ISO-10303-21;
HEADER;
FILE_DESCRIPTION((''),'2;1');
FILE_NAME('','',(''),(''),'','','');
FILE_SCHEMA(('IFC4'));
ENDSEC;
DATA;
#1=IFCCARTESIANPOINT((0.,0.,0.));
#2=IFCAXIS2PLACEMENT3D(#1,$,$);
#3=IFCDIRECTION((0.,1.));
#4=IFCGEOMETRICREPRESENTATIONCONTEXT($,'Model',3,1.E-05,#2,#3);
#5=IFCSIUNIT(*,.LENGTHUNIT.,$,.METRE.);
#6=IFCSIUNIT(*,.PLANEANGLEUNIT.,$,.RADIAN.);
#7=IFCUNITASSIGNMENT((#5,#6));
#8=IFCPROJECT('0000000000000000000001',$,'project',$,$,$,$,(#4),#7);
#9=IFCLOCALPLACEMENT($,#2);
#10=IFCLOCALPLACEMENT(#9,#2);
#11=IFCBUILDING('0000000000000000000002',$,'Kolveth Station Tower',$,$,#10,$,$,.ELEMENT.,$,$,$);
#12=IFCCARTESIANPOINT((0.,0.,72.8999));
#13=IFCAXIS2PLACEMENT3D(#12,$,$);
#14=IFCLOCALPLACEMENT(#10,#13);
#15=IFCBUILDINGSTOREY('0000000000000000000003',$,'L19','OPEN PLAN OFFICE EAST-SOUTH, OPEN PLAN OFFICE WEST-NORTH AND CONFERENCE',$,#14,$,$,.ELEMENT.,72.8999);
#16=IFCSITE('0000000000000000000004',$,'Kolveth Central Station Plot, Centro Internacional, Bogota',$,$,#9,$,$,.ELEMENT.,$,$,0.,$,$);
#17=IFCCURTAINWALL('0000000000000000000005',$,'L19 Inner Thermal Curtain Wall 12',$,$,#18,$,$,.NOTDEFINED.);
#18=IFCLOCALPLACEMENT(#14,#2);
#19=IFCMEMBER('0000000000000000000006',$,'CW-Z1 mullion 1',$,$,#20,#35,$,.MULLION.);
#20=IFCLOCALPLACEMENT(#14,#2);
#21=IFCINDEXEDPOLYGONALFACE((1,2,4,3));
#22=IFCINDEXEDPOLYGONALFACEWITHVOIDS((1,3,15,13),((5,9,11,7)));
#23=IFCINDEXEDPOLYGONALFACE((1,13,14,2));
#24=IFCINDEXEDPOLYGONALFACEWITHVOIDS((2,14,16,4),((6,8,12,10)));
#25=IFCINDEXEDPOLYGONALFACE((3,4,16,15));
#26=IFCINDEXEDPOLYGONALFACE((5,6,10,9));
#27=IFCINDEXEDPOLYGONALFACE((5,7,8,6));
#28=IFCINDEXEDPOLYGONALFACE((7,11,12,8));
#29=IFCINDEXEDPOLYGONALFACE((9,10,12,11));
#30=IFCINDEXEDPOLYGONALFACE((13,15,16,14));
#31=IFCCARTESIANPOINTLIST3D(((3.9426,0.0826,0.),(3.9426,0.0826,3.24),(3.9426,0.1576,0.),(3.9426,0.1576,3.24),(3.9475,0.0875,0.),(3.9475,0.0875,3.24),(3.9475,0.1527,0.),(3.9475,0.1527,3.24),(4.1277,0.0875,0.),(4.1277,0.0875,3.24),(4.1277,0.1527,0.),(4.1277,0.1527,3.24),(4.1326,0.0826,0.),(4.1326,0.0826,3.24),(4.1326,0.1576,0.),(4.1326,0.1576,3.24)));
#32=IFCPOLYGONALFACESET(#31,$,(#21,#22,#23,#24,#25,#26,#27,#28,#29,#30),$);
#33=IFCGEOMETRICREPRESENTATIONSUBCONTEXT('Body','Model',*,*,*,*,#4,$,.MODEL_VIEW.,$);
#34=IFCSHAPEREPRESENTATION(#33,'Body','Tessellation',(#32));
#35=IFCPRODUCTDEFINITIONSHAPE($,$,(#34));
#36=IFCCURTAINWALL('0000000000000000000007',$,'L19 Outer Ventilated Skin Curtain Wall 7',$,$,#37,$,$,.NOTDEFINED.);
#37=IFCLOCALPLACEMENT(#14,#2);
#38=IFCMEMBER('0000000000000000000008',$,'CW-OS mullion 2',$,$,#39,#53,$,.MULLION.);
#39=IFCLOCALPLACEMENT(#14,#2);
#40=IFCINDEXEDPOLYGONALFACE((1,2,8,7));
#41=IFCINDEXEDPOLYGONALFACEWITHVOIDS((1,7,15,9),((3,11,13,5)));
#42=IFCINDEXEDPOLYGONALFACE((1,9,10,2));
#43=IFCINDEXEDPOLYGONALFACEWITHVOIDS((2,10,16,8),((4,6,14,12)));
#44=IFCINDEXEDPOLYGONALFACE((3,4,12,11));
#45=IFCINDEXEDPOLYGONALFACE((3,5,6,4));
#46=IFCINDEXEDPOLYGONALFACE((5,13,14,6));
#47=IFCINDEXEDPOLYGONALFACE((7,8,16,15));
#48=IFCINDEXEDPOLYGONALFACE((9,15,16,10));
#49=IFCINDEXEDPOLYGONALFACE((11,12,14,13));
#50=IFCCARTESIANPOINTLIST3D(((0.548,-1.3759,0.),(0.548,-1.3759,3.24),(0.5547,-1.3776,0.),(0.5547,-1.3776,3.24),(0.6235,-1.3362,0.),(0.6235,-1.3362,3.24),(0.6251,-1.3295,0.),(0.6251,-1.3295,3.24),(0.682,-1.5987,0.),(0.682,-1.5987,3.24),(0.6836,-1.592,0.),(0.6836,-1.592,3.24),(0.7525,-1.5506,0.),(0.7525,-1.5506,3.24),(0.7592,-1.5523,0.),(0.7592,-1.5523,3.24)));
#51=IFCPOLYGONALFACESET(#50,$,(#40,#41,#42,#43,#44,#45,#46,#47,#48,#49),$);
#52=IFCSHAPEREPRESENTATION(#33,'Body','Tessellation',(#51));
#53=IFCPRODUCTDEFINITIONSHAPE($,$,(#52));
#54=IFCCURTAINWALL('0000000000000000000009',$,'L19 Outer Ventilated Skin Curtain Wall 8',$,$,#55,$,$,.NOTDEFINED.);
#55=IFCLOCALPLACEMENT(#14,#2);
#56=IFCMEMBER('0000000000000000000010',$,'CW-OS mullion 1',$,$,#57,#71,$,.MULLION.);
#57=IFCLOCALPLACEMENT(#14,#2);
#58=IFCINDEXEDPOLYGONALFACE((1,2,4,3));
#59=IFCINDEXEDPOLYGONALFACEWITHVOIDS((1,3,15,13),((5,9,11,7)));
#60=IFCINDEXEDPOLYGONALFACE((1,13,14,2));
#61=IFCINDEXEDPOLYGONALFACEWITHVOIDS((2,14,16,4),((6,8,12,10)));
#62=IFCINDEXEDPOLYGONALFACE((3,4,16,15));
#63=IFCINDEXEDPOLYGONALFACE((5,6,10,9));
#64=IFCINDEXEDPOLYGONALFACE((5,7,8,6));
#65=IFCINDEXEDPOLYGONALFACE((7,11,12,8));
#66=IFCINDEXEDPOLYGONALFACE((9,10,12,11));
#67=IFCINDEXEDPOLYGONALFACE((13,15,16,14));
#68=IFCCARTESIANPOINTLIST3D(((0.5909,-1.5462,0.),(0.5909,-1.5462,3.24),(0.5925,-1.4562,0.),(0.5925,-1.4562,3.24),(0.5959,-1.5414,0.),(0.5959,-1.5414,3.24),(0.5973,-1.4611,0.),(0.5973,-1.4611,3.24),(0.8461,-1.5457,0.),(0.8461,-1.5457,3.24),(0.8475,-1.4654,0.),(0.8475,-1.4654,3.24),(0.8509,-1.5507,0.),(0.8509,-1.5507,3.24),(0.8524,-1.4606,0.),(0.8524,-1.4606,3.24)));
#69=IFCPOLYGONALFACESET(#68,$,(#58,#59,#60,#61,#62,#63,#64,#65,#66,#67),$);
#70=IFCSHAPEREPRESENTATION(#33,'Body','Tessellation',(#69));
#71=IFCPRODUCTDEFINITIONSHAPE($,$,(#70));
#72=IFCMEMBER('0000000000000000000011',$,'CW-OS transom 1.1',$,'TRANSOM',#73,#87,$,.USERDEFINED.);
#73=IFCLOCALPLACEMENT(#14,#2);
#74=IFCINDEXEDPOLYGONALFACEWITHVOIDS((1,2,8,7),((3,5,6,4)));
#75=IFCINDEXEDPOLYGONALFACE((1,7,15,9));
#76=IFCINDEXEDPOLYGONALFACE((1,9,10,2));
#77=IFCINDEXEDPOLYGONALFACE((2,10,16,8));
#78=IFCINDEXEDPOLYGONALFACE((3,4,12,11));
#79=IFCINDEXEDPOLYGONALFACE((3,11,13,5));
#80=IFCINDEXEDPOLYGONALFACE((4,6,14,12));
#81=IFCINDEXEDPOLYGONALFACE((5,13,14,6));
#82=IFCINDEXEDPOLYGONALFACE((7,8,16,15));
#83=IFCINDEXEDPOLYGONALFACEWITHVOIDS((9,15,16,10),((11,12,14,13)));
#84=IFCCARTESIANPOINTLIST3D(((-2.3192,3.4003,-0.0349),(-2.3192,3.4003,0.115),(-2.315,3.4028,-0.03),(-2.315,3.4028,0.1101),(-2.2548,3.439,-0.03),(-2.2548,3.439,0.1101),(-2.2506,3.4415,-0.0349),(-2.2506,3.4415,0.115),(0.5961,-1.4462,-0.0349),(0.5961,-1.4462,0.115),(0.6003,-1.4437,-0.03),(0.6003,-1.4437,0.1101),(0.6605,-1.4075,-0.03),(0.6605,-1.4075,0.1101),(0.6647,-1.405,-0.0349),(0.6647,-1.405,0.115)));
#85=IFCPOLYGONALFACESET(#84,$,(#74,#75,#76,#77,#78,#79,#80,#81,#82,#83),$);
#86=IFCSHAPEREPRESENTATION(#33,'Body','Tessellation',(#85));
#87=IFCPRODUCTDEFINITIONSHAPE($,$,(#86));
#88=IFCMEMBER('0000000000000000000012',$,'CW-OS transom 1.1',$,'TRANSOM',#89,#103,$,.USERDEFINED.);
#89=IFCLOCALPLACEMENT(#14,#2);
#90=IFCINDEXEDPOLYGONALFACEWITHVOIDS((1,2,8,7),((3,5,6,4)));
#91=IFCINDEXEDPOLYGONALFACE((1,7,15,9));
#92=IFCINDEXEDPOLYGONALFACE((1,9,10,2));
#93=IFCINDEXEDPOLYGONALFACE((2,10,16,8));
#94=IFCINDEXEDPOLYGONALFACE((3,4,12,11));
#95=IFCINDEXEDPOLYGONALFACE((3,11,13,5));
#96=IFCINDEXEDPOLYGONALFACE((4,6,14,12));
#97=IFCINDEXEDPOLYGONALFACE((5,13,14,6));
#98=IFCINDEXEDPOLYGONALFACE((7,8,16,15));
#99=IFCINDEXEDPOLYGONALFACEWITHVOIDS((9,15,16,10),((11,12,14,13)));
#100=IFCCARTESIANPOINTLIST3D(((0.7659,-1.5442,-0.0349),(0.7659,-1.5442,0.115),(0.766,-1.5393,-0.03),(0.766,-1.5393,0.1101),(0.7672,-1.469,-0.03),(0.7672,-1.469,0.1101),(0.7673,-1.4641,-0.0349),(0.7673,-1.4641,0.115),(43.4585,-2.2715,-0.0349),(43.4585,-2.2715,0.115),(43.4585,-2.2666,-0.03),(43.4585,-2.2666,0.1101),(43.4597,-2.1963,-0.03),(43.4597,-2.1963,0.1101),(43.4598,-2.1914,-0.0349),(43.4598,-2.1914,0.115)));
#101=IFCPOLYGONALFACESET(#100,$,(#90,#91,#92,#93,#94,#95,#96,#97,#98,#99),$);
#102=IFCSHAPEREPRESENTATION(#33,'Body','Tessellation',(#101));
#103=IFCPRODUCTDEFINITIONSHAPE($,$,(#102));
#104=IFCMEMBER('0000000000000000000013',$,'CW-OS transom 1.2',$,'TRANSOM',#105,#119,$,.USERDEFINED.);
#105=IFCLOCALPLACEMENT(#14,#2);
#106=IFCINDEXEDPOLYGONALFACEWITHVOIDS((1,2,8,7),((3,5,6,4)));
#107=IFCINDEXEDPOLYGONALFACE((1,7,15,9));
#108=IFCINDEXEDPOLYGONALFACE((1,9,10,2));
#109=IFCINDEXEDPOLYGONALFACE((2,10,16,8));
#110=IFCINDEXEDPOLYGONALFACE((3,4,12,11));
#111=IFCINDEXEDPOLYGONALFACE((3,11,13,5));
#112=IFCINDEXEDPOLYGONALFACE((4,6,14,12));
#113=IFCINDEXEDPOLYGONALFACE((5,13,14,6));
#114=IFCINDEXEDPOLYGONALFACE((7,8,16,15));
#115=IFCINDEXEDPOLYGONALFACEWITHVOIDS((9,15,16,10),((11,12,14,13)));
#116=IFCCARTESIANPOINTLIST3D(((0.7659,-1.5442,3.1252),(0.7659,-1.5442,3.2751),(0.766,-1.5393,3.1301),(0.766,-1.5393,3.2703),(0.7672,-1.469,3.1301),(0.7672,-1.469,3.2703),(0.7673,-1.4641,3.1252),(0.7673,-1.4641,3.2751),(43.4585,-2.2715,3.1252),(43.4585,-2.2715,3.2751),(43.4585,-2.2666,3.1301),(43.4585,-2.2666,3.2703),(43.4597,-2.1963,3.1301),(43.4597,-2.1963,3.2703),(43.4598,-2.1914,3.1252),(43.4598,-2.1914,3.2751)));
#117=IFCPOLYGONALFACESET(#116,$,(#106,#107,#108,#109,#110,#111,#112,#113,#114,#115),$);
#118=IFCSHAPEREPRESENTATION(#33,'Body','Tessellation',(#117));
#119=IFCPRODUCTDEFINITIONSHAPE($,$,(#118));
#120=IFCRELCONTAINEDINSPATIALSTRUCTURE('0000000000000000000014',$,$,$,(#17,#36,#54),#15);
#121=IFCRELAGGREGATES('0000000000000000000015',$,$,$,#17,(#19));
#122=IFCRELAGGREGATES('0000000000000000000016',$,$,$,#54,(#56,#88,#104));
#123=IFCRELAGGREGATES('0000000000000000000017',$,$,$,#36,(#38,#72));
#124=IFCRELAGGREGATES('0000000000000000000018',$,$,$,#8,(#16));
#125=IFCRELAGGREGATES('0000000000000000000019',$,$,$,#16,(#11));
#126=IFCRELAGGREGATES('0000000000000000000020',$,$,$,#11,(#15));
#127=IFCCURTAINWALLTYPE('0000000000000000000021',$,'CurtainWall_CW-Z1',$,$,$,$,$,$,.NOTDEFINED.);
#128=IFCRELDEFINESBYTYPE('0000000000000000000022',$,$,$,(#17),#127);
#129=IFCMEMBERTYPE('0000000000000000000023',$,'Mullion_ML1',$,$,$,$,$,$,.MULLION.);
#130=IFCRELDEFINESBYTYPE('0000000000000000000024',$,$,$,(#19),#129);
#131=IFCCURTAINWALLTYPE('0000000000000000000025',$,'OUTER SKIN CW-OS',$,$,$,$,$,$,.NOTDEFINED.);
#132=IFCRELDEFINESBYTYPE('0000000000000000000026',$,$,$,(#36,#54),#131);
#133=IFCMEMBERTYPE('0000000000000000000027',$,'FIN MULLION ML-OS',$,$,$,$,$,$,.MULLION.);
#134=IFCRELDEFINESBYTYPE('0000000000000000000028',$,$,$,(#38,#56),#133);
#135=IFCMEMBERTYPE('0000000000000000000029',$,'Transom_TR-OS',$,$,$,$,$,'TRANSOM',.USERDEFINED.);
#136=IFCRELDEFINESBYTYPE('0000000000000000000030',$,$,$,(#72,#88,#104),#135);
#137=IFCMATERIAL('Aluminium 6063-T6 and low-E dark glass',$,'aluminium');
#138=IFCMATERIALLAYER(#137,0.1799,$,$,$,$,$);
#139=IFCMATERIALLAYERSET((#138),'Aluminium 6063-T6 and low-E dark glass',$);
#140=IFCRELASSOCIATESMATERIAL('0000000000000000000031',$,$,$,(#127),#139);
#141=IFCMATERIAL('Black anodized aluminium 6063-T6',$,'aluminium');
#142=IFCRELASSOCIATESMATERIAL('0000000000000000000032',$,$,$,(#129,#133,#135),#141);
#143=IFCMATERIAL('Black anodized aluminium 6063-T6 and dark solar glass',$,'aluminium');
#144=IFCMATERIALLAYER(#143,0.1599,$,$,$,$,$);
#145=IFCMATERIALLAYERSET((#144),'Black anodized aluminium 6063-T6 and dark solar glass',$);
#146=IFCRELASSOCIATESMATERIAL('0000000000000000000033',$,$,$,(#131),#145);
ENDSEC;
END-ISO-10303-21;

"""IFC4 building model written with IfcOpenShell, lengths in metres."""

from ifc_helpers import new_model, si_unit, direction, frame, origin, origin_2d, place, context, subcontext, project, spatial, hollow_rectangle, extrude, source, transform, mapped, material, layer, layer_set, material_profile, profile_set, type_object, element, aggregate, save


model = new_model("IFC4")

# Units and contexts
model_context = context("Model", 3, precision=1e-05, world=origin(), true_north=direction((0.0, 1.0)))
body_context = subcontext(model_context, "Body", "Model", "MODEL_VIEW")
ifc_project = project(units=[si_unit("LENGTHUNIT", "METRE"), si_unit("PLANEANGLEUNIT", "RADIAN")], contexts=[model_context])

# Site, building, storey
site_placement = place(None, origin())
site = spatial("IfcSite", under=ifc_project, at=site_placement, Name="Kolveth Central Station Plot, Centro Internacional, Bogota", CompositionType="ELEMENT", RefElevation=0.0)
building_placement = place(site_placement, origin())
building = spatial("IfcBuilding", under=site, at=building_placement, Name="Kolveth Station Tower", CompositionType="ELEMENT")
storey_placement = place(building_placement, frame((0.0, 0.0, 72.8999)))
storey = spatial("IfcBuildingStorey", under=building, at=storey_placement, Name="L19", Description="OPEN PLAN OFFICE EAST-SOUTH, OPEN PLAN OFFICE WEST-NORTH AND CONFERENCE", CompositionType="ELEMENT", Elevation=72.8999)

# Curtain wall
ifc_material_1 = material(Name="Aluminium 6063-T6 and low-E dark glass", Category="aluminium")
ifc_layer_1 = layer(ifc_material_1, 0.1799)
ifc_layer_set_1 = layer_set([ifc_layer_1], Name="Aluminium 6063-T6 and low-E dark glass")
curtain_wall_type_1 = type_object("IfcCurtainWallType", Name="CurtainWall_CW-Z1", PredefinedType="NOTDEFINED", material=ifc_layer_set_1)
ifc_material_2 = material(Name="Black anodized aluminium 6063-T6", Category="aluminium")
curtain_wall_1_placement = place(storey_placement, origin())
curtain_wall_1 = element("IfcCurtainWall", 1, at=curtain_wall_1_placement, inside=storey, type_object=curtain_wall_type_1, Name="L19 Inner Thermal Curtain Wall 12", PredefinedType="NOTDEFINED")

# Shared definitions
ifc_material_profile_1 = material_profile(ifc_material_2, hollow_rectangle(XDim=0.075, YDim=0.1899, WallThickness=0.0049, at=origin_2d()), Name="ALU-75x190x5")
ifc_profile_set_1 = profile_set([ifc_material_profile_1], Name="Black anodized aluminium 6063-T6")
member_type_1 = type_object("IfcMemberType", Name="Mullion_ML1", PredefinedType="MULLION", material=ifc_profile_set_1)
shared_shape_1 = source(origin(), body_context, "Body", "SweptSolid", [
    extrude(hollow_rectangle(XDim=0.075, YDim=0.1899, WallThickness=0.0049, at=origin_2d()), origin(), (0.0, 0.0, 1.0), 3.24),
])

# Member
member_1_placement = place(storey_placement, frame((4.0376, 0.1201, 0.0), z_axis=(0.0, 0.0, 1.0), x_axis=(0.0, 1.0, 0.0)))
member_1 = element("IfcMember", 2, at=member_1_placement, type_object=member_type_1, Name="CW-Z1 mullion 1", PredefinedType="MULLION", context=body_context, shape_type="MappedRepresentation", body=[
    mapped(shared_shape_1, transform((0.0, 0.0, 0.0), x_axis=(1.0, 0.0, 0.0), y_axis=(0.0, 1.0, 0.0), z_axis=(0.0, 0.0, 1.0), scale=1.0)),
])
aggregate(curtain_wall_1, [member_1])

# Curtain walls, members
ifc_material_3 = material(Name="Black anodized aluminium 6063-T6 and dark solar glass", Category="aluminium")
ifc_layer_2 = layer(ifc_material_3, 0.1599)
ifc_layer_set_2 = layer_set([ifc_layer_2], Name="Black anodized aluminium 6063-T6 and dark solar glass")
curtain_wall_type_2 = type_object("IfcCurtainWallType", Name="OUTER SKIN CW-OS", PredefinedType="NOTDEFINED", material=ifc_layer_set_2)
curtain_wall_2_placement = place(storey_placement, origin())
curtain_wall_2 = element("IfcCurtainWall", 3, at=curtain_wall_2_placement, inside=storey, type_object=curtain_wall_type_2, Name="L19 Outer Ventilated Skin Curtain Wall 7", PredefinedType="NOTDEFINED")
ifc_material_profile_2 = material_profile(ifc_material_2, hollow_rectangle(XDim=0.0901, YDim=0.26, WallThickness=0.0049, at=origin_2d()), Name="ALU-90x260x5")
ifc_profile_set_2 = profile_set([ifc_material_profile_2], Name="Black anodized aluminium 6063-T6")
member_type_2 = type_object("IfcMemberType", Name="FIN MULLION ML-OS", PredefinedType="MULLION", material=ifc_profile_set_2)
shared_shape_2 = source(origin(), body_context, "Body", "SweptSolid", [
    extrude(hollow_rectangle(XDim=0.0901, YDim=0.26, WallThickness=0.0049, at=origin_2d()), origin(), (0.0, 0.0, 1.0), 3.24),
])
member_2_placement = place(storey_placement, frame((0.6536, -1.4641, 0.0), z_axis=(0.0, 0.0, 1.0), x_axis=(0.856903, 0.515478, 0.0)))
member_2 = element("IfcMember", 4, at=member_2_placement, type_object=member_type_2, Name="CW-OS mullion 2", PredefinedType="MULLION", context=body_context, shape_type="MappedRepresentation", body=[
    mapped(shared_shape_2, transform((0.0, 0.0, 0.0), x_axis=(1.0, 0.0, 0.0), y_axis=(0.0, 1.0, 0.0), z_axis=(0.0, 0.0, 1.0), scale=1.0)),
])
curtain_wall_3_placement = place(storey_placement, origin())
curtain_wall_3 = element("IfcCurtainWall", 5, at=curtain_wall_3_placement, inside=storey, type_object=curtain_wall_type_2, Name="L19 Outer Ventilated Skin Curtain Wall 8", PredefinedType="NOTDEFINED")
member_3_placement = place(storey_placement, frame((0.7217, -1.5034, 0.0), z_axis=(0.0, 0.0, 1.0), x_axis=(0.017034, 0.999855, 0.0)))
member_3 = element("IfcMember", 6, at=member_3_placement, type_object=member_type_2, Name="CW-OS mullion 1", PredefinedType="MULLION", context=body_context, shape_type="MappedRepresentation", body=[
    mapped(shared_shape_2, transform((0.0, 0.0, 0.0), x_axis=(1.0, 0.0, 0.0), y_axis=(0.0, 1.0, 0.0), z_axis=(0.0, 0.0, 1.0), scale=1.0)),
])

# Members
ifc_material_profile_3 = material_profile(ifc_material_2, hollow_rectangle(XDim=0.0801, YDim=0.1499, WallThickness=0.0049, at=origin_2d()), Name="ALU-80x150x5")
ifc_profile_set_3 = profile_set([ifc_material_profile_3], Name="Black anodized aluminium 6063-T6")
member_type_3 = type_object("IfcMemberType", Name="Transom_TR-OS", ElementType="TRANSOM", PredefinedType="USERDEFINED", material=ifc_profile_set_3)
shared_shape_3 = source(origin(), body_context, "Body", "SweptSolid", [
    extrude(hollow_rectangle(XDim=0.0801, YDim=0.1499, WallThickness=0.0049, at=origin_2d()), origin(), (0.0, 0.0, 1.0), 5.6558),
])
member_4_placement = place(storey_placement, frame((-2.2849, 3.4209, 0.04), z_axis=(0.51546, -0.856913, 0.0), x_axis=(0.856913, 0.51546, 0.0)))
member_4 = element("IfcMember", 7, at=member_4_placement, type_object=member_type_3, Name="CW-OS transom 1.1", ObjectType="TRANSOM", PredefinedType="USERDEFINED", context=body_context, shape_type="MappedRepresentation", body=[
    mapped(shared_shape_3, transform((0.0, 0.0, 0.0), x_axis=(1.0, 0.0, 0.0), y_axis=(0.0, 1.0, 0.0), z_axis=(0.0, 0.0, 1.0), scale=1.0)),
])
shared_shape_4 = source(origin(), body_context, "Body", "SweptSolid", [
    extrude(hollow_rectangle(XDim=0.0801, YDim=0.1499, WallThickness=0.0049, at=origin_2d()), origin(), (0.0, 0.0, 1.0), 42.6987),
])
member_5_placement = place(storey_placement, frame((0.7666, -1.5042, 0.04), z_axis=(0.999855, -0.017033, 0.0), x_axis=(0.017033, 0.999855, 0.0)))
member_5 = element("IfcMember", 8, at=member_5_placement, type_object=member_type_3, Name="CW-OS transom 1.1", ObjectType="TRANSOM", PredefinedType="USERDEFINED", context=body_context, shape_type="MappedRepresentation", body=[
    mapped(shared_shape_4, transform((0.0, 0.0, 0.0), x_axis=(1.0, 0.0, 0.0), y_axis=(0.0, 1.0, 0.0), z_axis=(0.0, 0.0, 1.0), scale=1.0)),
])
member_6_placement = place(storey_placement, frame((0.7666, -1.5042, 3.2002), z_axis=(0.999855, -0.017033, 0.0), x_axis=(0.017033, 0.999855, 0.0)))
member_6 = element("IfcMember", 9, at=member_6_placement, type_object=member_type_3, Name="CW-OS transom 1.2", ObjectType="TRANSOM", PredefinedType="USERDEFINED", context=body_context, shape_type="MappedRepresentation", body=[
    mapped(shared_shape_4, transform((0.0, 0.0, 0.0), x_axis=(1.0, 0.0, 0.0), y_axis=(0.0, 1.0, 0.0), z_axis=(0.0, 0.0, 1.0), scale=1.0)),
])
aggregate(curtain_wall_3, [member_3, member_5, member_6])

aggregate(curtain_wall_2, [member_2, member_4])

save(model, "model.ifc")
